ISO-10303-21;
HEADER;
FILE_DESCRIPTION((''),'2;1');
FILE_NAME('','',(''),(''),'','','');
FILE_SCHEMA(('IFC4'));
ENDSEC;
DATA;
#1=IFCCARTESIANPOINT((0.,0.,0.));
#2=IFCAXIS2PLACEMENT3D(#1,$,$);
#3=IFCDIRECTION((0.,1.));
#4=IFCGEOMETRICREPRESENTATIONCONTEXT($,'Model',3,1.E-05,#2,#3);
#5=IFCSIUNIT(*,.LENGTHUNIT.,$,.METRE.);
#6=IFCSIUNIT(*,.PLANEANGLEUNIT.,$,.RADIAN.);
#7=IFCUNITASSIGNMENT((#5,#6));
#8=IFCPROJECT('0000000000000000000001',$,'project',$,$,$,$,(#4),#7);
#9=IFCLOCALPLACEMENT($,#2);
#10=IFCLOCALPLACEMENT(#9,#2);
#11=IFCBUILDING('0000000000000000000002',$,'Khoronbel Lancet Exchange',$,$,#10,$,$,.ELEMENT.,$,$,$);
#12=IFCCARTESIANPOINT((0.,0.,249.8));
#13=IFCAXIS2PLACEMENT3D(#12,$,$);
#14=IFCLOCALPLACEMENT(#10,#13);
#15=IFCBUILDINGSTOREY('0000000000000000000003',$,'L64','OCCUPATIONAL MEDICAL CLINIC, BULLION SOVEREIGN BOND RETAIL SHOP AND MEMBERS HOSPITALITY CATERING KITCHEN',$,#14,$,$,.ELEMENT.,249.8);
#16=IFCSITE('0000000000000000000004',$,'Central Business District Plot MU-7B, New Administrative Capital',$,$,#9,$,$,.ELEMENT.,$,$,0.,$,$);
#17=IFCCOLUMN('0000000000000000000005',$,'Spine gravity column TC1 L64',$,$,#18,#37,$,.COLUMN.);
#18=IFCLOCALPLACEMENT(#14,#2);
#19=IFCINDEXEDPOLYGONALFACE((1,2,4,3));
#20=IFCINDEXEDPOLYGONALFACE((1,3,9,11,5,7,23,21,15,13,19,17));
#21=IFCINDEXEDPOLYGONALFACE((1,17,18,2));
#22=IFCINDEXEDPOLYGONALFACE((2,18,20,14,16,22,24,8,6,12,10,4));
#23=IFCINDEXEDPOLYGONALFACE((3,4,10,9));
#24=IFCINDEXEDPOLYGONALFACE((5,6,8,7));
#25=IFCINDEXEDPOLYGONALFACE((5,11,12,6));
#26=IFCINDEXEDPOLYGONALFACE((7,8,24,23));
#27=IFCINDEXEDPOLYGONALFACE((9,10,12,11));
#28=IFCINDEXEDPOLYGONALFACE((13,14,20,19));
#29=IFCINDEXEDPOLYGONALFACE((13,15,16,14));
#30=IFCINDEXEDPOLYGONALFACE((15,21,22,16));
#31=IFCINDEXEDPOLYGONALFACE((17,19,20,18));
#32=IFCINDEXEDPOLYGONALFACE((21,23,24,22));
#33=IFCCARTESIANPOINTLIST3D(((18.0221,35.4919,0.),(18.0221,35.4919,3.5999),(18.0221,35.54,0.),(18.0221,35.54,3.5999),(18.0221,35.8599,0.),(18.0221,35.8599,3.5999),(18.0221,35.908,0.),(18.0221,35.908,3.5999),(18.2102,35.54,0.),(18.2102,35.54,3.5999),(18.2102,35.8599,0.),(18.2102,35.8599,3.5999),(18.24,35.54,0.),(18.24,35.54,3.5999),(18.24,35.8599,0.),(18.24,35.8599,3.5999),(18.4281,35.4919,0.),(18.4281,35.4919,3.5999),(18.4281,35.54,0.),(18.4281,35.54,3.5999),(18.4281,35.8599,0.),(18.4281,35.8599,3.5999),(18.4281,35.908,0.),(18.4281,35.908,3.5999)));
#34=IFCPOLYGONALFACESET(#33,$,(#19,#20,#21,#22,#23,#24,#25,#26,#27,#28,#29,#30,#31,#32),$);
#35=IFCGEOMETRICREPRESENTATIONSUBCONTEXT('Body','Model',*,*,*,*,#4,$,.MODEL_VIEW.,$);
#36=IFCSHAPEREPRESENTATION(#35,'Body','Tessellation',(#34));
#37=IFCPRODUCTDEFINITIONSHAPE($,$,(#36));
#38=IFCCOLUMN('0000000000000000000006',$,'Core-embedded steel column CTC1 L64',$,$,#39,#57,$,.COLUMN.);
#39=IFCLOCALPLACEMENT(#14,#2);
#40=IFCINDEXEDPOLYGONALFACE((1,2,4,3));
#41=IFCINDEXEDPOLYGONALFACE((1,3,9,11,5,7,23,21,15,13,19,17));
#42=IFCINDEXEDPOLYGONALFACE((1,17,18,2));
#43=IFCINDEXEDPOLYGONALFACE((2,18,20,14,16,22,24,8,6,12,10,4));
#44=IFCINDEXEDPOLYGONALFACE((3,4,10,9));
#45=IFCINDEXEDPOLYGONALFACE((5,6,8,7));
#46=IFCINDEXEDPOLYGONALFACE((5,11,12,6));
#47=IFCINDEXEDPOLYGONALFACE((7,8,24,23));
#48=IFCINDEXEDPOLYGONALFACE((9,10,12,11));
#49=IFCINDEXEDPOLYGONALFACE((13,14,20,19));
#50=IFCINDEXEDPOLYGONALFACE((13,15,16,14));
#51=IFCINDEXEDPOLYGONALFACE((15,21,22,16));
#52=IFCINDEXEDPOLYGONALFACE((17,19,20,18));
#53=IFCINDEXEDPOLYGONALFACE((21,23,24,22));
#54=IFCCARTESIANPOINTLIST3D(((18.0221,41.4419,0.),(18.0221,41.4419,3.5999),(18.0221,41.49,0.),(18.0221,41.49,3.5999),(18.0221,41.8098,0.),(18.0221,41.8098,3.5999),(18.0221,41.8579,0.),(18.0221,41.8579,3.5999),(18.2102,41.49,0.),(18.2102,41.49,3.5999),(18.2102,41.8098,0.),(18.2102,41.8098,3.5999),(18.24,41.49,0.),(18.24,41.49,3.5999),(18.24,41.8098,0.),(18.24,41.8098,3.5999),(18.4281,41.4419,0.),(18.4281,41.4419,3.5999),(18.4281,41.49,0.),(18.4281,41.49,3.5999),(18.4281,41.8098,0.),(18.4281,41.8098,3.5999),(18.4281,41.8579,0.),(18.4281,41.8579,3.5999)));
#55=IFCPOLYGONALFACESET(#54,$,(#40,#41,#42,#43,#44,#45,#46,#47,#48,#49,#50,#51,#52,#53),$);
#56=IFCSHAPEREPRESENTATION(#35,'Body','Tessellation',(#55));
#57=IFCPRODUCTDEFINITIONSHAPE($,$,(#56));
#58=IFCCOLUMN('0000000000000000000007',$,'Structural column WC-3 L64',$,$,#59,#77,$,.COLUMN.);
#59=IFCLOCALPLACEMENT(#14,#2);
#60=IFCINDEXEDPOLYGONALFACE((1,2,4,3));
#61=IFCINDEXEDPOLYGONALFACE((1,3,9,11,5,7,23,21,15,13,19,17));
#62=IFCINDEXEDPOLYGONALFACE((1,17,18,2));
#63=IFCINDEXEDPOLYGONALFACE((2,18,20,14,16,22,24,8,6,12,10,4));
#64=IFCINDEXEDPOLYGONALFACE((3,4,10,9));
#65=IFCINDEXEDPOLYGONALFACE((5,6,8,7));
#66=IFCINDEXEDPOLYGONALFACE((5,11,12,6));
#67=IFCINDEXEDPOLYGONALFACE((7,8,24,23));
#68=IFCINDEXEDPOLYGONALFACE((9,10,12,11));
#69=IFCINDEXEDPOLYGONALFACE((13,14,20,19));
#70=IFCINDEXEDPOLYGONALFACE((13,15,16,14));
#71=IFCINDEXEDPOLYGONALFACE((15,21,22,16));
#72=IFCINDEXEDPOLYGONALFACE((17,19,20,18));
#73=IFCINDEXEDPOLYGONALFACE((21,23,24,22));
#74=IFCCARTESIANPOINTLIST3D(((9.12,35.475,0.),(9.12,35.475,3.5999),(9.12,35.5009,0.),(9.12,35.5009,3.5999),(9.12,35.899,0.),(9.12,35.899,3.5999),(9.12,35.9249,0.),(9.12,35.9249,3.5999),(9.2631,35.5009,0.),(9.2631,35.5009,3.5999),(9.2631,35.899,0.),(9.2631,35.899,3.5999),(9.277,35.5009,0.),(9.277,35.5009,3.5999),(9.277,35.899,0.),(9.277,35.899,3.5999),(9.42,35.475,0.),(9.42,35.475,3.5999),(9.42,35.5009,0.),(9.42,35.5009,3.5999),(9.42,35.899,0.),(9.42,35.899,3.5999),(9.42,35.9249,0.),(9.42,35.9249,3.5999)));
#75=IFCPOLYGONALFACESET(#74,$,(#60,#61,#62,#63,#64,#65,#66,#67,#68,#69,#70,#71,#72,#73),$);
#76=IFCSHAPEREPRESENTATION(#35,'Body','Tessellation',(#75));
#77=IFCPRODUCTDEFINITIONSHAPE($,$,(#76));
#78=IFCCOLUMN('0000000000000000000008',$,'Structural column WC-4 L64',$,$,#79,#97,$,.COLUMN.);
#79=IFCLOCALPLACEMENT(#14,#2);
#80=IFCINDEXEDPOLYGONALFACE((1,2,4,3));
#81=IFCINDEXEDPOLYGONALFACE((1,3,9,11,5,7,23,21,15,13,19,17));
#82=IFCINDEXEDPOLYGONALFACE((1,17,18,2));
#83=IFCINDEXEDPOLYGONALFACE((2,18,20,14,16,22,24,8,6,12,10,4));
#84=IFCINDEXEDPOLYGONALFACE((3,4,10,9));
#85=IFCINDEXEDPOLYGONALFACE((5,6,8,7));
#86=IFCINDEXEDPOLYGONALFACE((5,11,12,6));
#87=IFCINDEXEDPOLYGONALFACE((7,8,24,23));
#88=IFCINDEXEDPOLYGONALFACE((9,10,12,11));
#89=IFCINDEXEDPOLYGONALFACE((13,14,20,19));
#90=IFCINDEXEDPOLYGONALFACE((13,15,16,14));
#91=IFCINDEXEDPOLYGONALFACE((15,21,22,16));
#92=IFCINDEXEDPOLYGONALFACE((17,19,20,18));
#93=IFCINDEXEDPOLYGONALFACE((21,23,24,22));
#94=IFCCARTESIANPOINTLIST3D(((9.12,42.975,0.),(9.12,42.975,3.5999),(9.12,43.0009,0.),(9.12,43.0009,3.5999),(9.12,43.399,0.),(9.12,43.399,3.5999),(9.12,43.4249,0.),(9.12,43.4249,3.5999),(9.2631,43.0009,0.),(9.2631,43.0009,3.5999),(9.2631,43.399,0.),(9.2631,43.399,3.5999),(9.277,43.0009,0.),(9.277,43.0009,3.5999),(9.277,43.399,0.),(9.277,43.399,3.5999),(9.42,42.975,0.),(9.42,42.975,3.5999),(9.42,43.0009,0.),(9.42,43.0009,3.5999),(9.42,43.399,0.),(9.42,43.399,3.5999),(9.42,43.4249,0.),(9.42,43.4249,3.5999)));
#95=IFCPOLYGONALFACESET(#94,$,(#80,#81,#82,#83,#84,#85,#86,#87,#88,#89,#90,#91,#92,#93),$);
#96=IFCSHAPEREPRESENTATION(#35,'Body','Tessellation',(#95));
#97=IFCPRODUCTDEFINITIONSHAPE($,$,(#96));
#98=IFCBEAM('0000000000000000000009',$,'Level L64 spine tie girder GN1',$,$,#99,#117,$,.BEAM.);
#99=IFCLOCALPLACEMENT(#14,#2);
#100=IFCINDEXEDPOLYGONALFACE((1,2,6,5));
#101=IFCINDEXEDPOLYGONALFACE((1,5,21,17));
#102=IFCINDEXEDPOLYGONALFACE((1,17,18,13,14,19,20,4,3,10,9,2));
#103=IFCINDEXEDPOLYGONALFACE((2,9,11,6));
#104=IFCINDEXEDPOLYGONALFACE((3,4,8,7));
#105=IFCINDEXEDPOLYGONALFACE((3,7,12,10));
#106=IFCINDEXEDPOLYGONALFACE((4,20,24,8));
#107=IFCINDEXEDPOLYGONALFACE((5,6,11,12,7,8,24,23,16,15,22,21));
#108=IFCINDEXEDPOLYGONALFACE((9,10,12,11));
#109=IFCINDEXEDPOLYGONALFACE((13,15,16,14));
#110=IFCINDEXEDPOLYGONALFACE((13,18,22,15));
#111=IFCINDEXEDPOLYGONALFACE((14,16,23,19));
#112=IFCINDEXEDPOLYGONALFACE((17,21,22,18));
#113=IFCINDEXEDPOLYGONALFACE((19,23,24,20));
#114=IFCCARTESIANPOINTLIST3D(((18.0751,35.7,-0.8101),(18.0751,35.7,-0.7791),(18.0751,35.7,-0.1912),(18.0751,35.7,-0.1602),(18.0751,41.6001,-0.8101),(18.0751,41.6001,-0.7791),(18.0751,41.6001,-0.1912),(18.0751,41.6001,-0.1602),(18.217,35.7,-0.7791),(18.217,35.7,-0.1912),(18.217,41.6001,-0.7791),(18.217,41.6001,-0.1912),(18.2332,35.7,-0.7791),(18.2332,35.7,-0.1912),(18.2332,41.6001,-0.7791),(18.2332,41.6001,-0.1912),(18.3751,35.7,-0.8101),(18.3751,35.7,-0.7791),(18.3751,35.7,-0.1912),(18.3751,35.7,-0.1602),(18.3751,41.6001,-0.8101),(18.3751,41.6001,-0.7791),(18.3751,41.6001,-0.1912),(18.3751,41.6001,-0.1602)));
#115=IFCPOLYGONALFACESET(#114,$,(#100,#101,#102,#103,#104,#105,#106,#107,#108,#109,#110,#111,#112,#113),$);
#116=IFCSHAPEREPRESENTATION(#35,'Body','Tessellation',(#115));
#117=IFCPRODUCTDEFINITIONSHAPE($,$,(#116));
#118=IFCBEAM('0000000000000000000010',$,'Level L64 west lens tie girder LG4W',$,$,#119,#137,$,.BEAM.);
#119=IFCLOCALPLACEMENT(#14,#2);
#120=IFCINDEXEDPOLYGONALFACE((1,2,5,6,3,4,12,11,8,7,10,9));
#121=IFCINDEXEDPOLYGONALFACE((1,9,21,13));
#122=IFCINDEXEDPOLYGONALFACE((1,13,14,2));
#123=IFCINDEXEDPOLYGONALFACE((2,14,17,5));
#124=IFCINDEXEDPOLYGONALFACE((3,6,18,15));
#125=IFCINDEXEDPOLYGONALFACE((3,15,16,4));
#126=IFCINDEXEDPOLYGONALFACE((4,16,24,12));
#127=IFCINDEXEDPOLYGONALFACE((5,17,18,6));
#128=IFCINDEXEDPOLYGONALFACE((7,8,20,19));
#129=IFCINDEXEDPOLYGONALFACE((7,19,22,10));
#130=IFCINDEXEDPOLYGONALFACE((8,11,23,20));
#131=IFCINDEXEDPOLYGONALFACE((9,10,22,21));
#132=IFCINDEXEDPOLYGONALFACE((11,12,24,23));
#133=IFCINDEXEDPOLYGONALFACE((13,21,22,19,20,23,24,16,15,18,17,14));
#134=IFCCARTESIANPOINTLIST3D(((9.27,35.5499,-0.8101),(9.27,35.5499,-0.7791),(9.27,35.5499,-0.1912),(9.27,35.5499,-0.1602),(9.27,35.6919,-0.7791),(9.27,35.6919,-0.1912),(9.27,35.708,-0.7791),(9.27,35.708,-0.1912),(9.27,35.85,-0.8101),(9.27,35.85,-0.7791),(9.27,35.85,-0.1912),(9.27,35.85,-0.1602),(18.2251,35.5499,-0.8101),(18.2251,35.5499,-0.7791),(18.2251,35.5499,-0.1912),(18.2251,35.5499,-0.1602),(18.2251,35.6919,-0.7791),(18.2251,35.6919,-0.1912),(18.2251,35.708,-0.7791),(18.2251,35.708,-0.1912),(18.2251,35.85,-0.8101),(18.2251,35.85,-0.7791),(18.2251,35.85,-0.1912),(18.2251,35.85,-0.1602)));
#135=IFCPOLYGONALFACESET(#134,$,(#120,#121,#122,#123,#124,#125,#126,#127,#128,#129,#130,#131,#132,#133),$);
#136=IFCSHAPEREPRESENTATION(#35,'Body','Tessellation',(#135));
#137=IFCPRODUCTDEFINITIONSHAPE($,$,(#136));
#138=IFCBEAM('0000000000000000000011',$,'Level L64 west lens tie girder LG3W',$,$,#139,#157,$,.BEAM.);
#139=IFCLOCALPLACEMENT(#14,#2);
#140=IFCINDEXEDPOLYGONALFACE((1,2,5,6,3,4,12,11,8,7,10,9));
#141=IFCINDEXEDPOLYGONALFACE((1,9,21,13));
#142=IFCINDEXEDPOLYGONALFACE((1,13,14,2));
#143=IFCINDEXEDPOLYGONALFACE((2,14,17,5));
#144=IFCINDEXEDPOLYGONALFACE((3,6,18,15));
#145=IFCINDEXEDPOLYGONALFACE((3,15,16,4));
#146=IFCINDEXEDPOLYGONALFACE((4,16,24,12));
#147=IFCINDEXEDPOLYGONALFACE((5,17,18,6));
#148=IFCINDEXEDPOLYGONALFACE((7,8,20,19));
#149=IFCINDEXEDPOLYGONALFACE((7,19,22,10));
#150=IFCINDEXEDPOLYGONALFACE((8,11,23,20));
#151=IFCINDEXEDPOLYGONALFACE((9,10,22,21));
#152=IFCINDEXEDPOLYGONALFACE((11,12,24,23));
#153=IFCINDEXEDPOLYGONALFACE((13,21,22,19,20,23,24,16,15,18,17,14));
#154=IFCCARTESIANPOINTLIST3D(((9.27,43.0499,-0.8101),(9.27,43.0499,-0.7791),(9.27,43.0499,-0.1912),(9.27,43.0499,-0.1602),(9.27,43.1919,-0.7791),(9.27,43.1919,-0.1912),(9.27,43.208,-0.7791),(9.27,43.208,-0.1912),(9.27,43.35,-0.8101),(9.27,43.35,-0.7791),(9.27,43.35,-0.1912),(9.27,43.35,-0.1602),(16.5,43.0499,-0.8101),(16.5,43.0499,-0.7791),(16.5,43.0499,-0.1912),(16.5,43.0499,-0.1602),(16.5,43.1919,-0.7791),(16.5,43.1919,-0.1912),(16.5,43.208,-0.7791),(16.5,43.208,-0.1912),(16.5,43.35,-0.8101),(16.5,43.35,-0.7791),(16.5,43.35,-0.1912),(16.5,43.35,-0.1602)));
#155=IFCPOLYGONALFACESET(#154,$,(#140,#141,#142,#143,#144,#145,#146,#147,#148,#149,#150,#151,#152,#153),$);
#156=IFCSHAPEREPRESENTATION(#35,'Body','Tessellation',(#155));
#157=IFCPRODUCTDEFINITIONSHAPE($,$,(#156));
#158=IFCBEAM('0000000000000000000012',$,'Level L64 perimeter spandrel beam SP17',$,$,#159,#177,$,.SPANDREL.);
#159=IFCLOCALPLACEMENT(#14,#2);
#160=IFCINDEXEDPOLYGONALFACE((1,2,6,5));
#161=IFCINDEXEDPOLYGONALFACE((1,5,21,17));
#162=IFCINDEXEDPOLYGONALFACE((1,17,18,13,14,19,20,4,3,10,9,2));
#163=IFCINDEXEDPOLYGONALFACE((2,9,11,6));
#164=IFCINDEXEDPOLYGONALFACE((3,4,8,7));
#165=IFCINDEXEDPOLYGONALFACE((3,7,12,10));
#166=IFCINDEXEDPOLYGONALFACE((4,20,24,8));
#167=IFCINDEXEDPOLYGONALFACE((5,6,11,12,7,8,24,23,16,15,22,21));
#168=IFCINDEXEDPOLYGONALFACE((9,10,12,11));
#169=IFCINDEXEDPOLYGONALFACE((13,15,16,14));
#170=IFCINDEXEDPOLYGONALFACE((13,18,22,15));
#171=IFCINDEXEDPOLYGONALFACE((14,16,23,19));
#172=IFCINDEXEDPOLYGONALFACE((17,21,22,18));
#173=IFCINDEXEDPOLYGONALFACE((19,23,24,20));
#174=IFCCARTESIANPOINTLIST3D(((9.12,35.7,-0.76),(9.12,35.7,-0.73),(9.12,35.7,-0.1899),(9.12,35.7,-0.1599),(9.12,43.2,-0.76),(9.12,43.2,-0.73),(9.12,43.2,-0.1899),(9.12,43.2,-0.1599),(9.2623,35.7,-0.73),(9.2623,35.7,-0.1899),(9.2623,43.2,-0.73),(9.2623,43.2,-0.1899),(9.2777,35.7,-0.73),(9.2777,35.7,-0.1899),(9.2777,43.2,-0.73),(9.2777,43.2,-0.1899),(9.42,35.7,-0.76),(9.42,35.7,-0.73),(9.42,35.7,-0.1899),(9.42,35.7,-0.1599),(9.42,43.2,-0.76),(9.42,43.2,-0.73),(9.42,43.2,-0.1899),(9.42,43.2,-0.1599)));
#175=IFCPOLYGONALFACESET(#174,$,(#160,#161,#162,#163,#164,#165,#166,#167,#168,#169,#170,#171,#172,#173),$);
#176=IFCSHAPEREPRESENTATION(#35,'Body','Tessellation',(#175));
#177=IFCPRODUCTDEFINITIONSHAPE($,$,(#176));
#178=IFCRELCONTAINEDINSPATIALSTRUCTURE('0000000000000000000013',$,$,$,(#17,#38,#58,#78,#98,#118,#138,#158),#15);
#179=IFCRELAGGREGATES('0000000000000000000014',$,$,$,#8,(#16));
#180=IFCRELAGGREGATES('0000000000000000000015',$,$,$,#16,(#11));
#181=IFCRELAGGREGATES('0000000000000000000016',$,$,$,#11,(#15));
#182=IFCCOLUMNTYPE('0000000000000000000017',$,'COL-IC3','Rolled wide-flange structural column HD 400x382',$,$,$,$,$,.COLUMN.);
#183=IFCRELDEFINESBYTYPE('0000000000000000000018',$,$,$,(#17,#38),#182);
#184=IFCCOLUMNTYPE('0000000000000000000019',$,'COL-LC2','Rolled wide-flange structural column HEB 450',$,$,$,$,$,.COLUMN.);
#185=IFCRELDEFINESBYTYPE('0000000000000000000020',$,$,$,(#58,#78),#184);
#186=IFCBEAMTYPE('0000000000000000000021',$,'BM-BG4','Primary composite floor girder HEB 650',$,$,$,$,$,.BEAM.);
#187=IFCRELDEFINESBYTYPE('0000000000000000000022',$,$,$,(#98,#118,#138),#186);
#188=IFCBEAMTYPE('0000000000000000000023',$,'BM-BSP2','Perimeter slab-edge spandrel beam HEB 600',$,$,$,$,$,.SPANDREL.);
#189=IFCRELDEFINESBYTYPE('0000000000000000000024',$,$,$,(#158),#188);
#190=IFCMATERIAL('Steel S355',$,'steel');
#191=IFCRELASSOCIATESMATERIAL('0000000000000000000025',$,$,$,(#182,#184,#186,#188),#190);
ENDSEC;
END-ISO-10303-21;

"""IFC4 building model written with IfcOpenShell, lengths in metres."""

from ifc_helpers import new_model, si_unit, direction, frame, origin, origin_2d, place, context, subcontext, project, spatial, i_section, extrude, material, material_profile, profile_set, type_object, element, save


model = new_model("IFC4")

# Units and contexts
model_context = context("Model", 3, precision=1e-05, world=origin(), true_north=direction((0.0, 1.0)))
body_context = subcontext(model_context, "Body", "Model", "MODEL_VIEW")
ifc_project = project(units=[si_unit("LENGTHUNIT", "METRE"), si_unit("PLANEANGLEUNIT", "RADIAN")], contexts=[model_context])

# Site, building, storey
site_placement = place(None, origin())
site = spatial("IfcSite", under=ifc_project, at=site_placement, Name="Central Business District Plot MU-7B, New Administrative Capital", CompositionType="ELEMENT", RefElevation=0.0)
building_placement = place(site_placement, origin())
building = spatial("IfcBuilding", under=site, at=building_placement, Name="Khoronbel Lancet Exchange", CompositionType="ELEMENT")
storey_placement = place(building_placement, frame((0.0, 0.0, 249.8)))
storey = spatial("IfcBuildingStorey", under=building, at=storey_placement, Name="L64", Description="OCCUPATIONAL MEDICAL CLINIC, BULLION SOVEREIGN BOND RETAIL SHOP AND MEMBERS HOSPITALITY CATERING KITCHEN", CompositionType="ELEMENT", Elevation=249.8)

# Columns
ifc_material_1 = material(Name="Steel S355", Category="steel")
ifc_material_profile_1 = material_profile(ifc_material_1, i_section(OverallWidth=0.406, OverallDepth=0.416, WebThickness=0.0298, FlangeThickness=0.0481, at=origin_2d()), Name="HD 400x382")
ifc_profile_set_1 = profile_set([ifc_material_profile_1], Name="Steel S355")
column_type_1 = type_object("IfcColumnType", Name="COL-IC3", Description="Rolled wide-flange structural column HD 400x382", PredefinedType="COLUMN", material=ifc_profile_set_1)
for number, where, z_axis, x_axis, name in (
    (1, (18.2251, 35.7, 0.0), (0.0, 0.0, 1.0), (1.0, 0.0, 0.0), "Spine gravity column TC1 L64"),
    (2, (18.2251, 41.6499, 0.0), (0.0, 0.0, 1.0), (1.0, 0.0, 0.0), "Core-embedded steel column CTC1 L64"),
):
    element("IfcColumn", number, at=place(storey_placement, frame(where, z_axis=z_axis, x_axis=x_axis)), inside=storey, type_object=column_type_1, Name=name, PredefinedType="COLUMN", context=body_context, shape_type="SweptSolid", body=[
        extrude(i_section(OverallWidth=0.406, OverallDepth=0.416, WebThickness=0.0298, FlangeThickness=0.0481, at=origin_2d()), origin(), (0.0, 0.0, 1.0), 3.5999),
    ])
ifc_material_profile_2 = material_profile(ifc_material_1, i_section(OverallWidth=0.3, OverallDepth=0.45, WebThickness=0.0139, FlangeThickness=0.0259, at=origin_2d()), Name="HEB 450")
ifc_profile_set_2 = profile_set([ifc_material_profile_2], Name="Steel S355")
column_type_2 = type_object("IfcColumnType", Name="COL-LC2", Description="Rolled wide-flange structural column HEB 450", PredefinedType="COLUMN", material=ifc_profile_set_2)
for number, where, z_axis, x_axis, name in (
    (3, (9.27, 35.7, 0.0), (0.0, 0.0, 1.0), (1.0, 0.0, 0.0), "Structural column WC-3 L64"),
    (4, (9.27, 43.2, 0.0), (0.0, 0.0, 1.0), (1.0, 0.0, 0.0), "Structural column WC-4 L64"),
):
    element("IfcColumn", number, at=place(storey_placement, frame(where, z_axis=z_axis, x_axis=x_axis)), inside=storey, type_object=column_type_2, Name=name, PredefinedType="COLUMN", context=body_context, shape_type="SweptSolid", body=[
        extrude(i_section(OverallWidth=0.3, OverallDepth=0.45, WebThickness=0.0139, FlangeThickness=0.0259, at=origin_2d()), origin(), (0.0, 0.0, 1.0), 3.5999),
    ])

# Beams
ifc_material_profile_3 = material_profile(ifc_material_1, i_section(OverallWidth=0.3, OverallDepth=0.6499, WebThickness=0.0161, FlangeThickness=0.031, at=origin_2d()), Name="HEB 650")
ifc_profile_set_3 = profile_set([ifc_material_profile_3], Name="Steel S355")
beam_type_1 = type_object("IfcBeamType", Name="BM-BG4", Description="Primary composite floor girder HEB 650", PredefinedType="BEAM", material=ifc_profile_set_3)
beam_1_placement = place(storey_placement, frame((18.2251, 35.7, -0.4851), z_axis=(0.0, 1.0, 0.0), x_axis=(-1.0, 0.0, 0.0)))
element("IfcBeam", 5, at=beam_1_placement, inside=storey, type_object=beam_type_1, Name="Level L64 spine tie girder GN1", PredefinedType="BEAM", context=body_context, shape_type="SweptSolid", body=[
    extrude(i_section(OverallWidth=0.3, OverallDepth=0.6499, WebThickness=0.0161, FlangeThickness=0.031, at=origin_2d()), origin(), (0.0, 0.0, 1.0), 5.9001),
])
beam_2_placement = place(storey_placement, frame((9.27, 35.7, -0.4851), z_axis=(1.0, 0.0, 0.0), x_axis=(0.0, 1.0, 0.0)))
element("IfcBeam", 6, at=beam_2_placement, inside=storey, type_object=beam_type_1, Name="Level L64 west lens tie girder LG4W", PredefinedType="BEAM", context=body_context, shape_type="SweptSolid", body=[
    extrude(i_section(OverallWidth=0.3, OverallDepth=0.6499, WebThickness=0.0161, FlangeThickness=0.031, at=origin_2d()), origin(), (0.0, 0.0, 1.0), 8.9551),
])
beam_3_placement = place(storey_placement, frame((9.27, 43.2, -0.4851), z_axis=(1.0, 0.0, 0.0), x_axis=(0.0, 1.0, 0.0)))
element("IfcBeam", 7, at=beam_3_placement, inside=storey, type_object=beam_type_1, Name="Level L64 west lens tie girder LG3W", PredefinedType="BEAM", context=body_context, shape_type="SweptSolid", body=[
    extrude(i_section(OverallWidth=0.3, OverallDepth=0.6499, WebThickness=0.0161, FlangeThickness=0.031, at=origin_2d()), origin(), (0.0, 0.0, 1.0), 7.23),
])
ifc_material_profile_4 = material_profile(ifc_material_1, i_section(OverallWidth=0.3, OverallDepth=0.6001, WebThickness=0.0154, FlangeThickness=0.03, at=origin_2d()), Name="HEB 600")
ifc_profile_set_4 = profile_set([ifc_material_profile_4], Name="Steel S355")
beam_type_2 = type_object("IfcBeamType", Name="BM-BSP2", Description="Perimeter slab-edge spandrel beam HEB 600", PredefinedType="SPANDREL", material=ifc_profile_set_4)
beam_4_placement = place(storey_placement, frame((9.27, 43.2, -0.46), z_axis=(0.0, -1.0, 0.0), x_axis=(1.0, 0.0, 0.0)))
element("IfcBeam", 8, at=beam_4_placement, inside=storey, type_object=beam_type_2, Name="Level L64 perimeter spandrel beam SP17", PredefinedType="SPANDREL", context=body_context, shape_type="SweptSolid", body=[
    extrude(i_section(OverallWidth=0.3, OverallDepth=0.6001, WebThickness=0.0154, FlangeThickness=0.03, at=origin_2d()), origin(), (0.0, 0.0, 1.0), 7.5),
])

save(model, "model.ifc")
